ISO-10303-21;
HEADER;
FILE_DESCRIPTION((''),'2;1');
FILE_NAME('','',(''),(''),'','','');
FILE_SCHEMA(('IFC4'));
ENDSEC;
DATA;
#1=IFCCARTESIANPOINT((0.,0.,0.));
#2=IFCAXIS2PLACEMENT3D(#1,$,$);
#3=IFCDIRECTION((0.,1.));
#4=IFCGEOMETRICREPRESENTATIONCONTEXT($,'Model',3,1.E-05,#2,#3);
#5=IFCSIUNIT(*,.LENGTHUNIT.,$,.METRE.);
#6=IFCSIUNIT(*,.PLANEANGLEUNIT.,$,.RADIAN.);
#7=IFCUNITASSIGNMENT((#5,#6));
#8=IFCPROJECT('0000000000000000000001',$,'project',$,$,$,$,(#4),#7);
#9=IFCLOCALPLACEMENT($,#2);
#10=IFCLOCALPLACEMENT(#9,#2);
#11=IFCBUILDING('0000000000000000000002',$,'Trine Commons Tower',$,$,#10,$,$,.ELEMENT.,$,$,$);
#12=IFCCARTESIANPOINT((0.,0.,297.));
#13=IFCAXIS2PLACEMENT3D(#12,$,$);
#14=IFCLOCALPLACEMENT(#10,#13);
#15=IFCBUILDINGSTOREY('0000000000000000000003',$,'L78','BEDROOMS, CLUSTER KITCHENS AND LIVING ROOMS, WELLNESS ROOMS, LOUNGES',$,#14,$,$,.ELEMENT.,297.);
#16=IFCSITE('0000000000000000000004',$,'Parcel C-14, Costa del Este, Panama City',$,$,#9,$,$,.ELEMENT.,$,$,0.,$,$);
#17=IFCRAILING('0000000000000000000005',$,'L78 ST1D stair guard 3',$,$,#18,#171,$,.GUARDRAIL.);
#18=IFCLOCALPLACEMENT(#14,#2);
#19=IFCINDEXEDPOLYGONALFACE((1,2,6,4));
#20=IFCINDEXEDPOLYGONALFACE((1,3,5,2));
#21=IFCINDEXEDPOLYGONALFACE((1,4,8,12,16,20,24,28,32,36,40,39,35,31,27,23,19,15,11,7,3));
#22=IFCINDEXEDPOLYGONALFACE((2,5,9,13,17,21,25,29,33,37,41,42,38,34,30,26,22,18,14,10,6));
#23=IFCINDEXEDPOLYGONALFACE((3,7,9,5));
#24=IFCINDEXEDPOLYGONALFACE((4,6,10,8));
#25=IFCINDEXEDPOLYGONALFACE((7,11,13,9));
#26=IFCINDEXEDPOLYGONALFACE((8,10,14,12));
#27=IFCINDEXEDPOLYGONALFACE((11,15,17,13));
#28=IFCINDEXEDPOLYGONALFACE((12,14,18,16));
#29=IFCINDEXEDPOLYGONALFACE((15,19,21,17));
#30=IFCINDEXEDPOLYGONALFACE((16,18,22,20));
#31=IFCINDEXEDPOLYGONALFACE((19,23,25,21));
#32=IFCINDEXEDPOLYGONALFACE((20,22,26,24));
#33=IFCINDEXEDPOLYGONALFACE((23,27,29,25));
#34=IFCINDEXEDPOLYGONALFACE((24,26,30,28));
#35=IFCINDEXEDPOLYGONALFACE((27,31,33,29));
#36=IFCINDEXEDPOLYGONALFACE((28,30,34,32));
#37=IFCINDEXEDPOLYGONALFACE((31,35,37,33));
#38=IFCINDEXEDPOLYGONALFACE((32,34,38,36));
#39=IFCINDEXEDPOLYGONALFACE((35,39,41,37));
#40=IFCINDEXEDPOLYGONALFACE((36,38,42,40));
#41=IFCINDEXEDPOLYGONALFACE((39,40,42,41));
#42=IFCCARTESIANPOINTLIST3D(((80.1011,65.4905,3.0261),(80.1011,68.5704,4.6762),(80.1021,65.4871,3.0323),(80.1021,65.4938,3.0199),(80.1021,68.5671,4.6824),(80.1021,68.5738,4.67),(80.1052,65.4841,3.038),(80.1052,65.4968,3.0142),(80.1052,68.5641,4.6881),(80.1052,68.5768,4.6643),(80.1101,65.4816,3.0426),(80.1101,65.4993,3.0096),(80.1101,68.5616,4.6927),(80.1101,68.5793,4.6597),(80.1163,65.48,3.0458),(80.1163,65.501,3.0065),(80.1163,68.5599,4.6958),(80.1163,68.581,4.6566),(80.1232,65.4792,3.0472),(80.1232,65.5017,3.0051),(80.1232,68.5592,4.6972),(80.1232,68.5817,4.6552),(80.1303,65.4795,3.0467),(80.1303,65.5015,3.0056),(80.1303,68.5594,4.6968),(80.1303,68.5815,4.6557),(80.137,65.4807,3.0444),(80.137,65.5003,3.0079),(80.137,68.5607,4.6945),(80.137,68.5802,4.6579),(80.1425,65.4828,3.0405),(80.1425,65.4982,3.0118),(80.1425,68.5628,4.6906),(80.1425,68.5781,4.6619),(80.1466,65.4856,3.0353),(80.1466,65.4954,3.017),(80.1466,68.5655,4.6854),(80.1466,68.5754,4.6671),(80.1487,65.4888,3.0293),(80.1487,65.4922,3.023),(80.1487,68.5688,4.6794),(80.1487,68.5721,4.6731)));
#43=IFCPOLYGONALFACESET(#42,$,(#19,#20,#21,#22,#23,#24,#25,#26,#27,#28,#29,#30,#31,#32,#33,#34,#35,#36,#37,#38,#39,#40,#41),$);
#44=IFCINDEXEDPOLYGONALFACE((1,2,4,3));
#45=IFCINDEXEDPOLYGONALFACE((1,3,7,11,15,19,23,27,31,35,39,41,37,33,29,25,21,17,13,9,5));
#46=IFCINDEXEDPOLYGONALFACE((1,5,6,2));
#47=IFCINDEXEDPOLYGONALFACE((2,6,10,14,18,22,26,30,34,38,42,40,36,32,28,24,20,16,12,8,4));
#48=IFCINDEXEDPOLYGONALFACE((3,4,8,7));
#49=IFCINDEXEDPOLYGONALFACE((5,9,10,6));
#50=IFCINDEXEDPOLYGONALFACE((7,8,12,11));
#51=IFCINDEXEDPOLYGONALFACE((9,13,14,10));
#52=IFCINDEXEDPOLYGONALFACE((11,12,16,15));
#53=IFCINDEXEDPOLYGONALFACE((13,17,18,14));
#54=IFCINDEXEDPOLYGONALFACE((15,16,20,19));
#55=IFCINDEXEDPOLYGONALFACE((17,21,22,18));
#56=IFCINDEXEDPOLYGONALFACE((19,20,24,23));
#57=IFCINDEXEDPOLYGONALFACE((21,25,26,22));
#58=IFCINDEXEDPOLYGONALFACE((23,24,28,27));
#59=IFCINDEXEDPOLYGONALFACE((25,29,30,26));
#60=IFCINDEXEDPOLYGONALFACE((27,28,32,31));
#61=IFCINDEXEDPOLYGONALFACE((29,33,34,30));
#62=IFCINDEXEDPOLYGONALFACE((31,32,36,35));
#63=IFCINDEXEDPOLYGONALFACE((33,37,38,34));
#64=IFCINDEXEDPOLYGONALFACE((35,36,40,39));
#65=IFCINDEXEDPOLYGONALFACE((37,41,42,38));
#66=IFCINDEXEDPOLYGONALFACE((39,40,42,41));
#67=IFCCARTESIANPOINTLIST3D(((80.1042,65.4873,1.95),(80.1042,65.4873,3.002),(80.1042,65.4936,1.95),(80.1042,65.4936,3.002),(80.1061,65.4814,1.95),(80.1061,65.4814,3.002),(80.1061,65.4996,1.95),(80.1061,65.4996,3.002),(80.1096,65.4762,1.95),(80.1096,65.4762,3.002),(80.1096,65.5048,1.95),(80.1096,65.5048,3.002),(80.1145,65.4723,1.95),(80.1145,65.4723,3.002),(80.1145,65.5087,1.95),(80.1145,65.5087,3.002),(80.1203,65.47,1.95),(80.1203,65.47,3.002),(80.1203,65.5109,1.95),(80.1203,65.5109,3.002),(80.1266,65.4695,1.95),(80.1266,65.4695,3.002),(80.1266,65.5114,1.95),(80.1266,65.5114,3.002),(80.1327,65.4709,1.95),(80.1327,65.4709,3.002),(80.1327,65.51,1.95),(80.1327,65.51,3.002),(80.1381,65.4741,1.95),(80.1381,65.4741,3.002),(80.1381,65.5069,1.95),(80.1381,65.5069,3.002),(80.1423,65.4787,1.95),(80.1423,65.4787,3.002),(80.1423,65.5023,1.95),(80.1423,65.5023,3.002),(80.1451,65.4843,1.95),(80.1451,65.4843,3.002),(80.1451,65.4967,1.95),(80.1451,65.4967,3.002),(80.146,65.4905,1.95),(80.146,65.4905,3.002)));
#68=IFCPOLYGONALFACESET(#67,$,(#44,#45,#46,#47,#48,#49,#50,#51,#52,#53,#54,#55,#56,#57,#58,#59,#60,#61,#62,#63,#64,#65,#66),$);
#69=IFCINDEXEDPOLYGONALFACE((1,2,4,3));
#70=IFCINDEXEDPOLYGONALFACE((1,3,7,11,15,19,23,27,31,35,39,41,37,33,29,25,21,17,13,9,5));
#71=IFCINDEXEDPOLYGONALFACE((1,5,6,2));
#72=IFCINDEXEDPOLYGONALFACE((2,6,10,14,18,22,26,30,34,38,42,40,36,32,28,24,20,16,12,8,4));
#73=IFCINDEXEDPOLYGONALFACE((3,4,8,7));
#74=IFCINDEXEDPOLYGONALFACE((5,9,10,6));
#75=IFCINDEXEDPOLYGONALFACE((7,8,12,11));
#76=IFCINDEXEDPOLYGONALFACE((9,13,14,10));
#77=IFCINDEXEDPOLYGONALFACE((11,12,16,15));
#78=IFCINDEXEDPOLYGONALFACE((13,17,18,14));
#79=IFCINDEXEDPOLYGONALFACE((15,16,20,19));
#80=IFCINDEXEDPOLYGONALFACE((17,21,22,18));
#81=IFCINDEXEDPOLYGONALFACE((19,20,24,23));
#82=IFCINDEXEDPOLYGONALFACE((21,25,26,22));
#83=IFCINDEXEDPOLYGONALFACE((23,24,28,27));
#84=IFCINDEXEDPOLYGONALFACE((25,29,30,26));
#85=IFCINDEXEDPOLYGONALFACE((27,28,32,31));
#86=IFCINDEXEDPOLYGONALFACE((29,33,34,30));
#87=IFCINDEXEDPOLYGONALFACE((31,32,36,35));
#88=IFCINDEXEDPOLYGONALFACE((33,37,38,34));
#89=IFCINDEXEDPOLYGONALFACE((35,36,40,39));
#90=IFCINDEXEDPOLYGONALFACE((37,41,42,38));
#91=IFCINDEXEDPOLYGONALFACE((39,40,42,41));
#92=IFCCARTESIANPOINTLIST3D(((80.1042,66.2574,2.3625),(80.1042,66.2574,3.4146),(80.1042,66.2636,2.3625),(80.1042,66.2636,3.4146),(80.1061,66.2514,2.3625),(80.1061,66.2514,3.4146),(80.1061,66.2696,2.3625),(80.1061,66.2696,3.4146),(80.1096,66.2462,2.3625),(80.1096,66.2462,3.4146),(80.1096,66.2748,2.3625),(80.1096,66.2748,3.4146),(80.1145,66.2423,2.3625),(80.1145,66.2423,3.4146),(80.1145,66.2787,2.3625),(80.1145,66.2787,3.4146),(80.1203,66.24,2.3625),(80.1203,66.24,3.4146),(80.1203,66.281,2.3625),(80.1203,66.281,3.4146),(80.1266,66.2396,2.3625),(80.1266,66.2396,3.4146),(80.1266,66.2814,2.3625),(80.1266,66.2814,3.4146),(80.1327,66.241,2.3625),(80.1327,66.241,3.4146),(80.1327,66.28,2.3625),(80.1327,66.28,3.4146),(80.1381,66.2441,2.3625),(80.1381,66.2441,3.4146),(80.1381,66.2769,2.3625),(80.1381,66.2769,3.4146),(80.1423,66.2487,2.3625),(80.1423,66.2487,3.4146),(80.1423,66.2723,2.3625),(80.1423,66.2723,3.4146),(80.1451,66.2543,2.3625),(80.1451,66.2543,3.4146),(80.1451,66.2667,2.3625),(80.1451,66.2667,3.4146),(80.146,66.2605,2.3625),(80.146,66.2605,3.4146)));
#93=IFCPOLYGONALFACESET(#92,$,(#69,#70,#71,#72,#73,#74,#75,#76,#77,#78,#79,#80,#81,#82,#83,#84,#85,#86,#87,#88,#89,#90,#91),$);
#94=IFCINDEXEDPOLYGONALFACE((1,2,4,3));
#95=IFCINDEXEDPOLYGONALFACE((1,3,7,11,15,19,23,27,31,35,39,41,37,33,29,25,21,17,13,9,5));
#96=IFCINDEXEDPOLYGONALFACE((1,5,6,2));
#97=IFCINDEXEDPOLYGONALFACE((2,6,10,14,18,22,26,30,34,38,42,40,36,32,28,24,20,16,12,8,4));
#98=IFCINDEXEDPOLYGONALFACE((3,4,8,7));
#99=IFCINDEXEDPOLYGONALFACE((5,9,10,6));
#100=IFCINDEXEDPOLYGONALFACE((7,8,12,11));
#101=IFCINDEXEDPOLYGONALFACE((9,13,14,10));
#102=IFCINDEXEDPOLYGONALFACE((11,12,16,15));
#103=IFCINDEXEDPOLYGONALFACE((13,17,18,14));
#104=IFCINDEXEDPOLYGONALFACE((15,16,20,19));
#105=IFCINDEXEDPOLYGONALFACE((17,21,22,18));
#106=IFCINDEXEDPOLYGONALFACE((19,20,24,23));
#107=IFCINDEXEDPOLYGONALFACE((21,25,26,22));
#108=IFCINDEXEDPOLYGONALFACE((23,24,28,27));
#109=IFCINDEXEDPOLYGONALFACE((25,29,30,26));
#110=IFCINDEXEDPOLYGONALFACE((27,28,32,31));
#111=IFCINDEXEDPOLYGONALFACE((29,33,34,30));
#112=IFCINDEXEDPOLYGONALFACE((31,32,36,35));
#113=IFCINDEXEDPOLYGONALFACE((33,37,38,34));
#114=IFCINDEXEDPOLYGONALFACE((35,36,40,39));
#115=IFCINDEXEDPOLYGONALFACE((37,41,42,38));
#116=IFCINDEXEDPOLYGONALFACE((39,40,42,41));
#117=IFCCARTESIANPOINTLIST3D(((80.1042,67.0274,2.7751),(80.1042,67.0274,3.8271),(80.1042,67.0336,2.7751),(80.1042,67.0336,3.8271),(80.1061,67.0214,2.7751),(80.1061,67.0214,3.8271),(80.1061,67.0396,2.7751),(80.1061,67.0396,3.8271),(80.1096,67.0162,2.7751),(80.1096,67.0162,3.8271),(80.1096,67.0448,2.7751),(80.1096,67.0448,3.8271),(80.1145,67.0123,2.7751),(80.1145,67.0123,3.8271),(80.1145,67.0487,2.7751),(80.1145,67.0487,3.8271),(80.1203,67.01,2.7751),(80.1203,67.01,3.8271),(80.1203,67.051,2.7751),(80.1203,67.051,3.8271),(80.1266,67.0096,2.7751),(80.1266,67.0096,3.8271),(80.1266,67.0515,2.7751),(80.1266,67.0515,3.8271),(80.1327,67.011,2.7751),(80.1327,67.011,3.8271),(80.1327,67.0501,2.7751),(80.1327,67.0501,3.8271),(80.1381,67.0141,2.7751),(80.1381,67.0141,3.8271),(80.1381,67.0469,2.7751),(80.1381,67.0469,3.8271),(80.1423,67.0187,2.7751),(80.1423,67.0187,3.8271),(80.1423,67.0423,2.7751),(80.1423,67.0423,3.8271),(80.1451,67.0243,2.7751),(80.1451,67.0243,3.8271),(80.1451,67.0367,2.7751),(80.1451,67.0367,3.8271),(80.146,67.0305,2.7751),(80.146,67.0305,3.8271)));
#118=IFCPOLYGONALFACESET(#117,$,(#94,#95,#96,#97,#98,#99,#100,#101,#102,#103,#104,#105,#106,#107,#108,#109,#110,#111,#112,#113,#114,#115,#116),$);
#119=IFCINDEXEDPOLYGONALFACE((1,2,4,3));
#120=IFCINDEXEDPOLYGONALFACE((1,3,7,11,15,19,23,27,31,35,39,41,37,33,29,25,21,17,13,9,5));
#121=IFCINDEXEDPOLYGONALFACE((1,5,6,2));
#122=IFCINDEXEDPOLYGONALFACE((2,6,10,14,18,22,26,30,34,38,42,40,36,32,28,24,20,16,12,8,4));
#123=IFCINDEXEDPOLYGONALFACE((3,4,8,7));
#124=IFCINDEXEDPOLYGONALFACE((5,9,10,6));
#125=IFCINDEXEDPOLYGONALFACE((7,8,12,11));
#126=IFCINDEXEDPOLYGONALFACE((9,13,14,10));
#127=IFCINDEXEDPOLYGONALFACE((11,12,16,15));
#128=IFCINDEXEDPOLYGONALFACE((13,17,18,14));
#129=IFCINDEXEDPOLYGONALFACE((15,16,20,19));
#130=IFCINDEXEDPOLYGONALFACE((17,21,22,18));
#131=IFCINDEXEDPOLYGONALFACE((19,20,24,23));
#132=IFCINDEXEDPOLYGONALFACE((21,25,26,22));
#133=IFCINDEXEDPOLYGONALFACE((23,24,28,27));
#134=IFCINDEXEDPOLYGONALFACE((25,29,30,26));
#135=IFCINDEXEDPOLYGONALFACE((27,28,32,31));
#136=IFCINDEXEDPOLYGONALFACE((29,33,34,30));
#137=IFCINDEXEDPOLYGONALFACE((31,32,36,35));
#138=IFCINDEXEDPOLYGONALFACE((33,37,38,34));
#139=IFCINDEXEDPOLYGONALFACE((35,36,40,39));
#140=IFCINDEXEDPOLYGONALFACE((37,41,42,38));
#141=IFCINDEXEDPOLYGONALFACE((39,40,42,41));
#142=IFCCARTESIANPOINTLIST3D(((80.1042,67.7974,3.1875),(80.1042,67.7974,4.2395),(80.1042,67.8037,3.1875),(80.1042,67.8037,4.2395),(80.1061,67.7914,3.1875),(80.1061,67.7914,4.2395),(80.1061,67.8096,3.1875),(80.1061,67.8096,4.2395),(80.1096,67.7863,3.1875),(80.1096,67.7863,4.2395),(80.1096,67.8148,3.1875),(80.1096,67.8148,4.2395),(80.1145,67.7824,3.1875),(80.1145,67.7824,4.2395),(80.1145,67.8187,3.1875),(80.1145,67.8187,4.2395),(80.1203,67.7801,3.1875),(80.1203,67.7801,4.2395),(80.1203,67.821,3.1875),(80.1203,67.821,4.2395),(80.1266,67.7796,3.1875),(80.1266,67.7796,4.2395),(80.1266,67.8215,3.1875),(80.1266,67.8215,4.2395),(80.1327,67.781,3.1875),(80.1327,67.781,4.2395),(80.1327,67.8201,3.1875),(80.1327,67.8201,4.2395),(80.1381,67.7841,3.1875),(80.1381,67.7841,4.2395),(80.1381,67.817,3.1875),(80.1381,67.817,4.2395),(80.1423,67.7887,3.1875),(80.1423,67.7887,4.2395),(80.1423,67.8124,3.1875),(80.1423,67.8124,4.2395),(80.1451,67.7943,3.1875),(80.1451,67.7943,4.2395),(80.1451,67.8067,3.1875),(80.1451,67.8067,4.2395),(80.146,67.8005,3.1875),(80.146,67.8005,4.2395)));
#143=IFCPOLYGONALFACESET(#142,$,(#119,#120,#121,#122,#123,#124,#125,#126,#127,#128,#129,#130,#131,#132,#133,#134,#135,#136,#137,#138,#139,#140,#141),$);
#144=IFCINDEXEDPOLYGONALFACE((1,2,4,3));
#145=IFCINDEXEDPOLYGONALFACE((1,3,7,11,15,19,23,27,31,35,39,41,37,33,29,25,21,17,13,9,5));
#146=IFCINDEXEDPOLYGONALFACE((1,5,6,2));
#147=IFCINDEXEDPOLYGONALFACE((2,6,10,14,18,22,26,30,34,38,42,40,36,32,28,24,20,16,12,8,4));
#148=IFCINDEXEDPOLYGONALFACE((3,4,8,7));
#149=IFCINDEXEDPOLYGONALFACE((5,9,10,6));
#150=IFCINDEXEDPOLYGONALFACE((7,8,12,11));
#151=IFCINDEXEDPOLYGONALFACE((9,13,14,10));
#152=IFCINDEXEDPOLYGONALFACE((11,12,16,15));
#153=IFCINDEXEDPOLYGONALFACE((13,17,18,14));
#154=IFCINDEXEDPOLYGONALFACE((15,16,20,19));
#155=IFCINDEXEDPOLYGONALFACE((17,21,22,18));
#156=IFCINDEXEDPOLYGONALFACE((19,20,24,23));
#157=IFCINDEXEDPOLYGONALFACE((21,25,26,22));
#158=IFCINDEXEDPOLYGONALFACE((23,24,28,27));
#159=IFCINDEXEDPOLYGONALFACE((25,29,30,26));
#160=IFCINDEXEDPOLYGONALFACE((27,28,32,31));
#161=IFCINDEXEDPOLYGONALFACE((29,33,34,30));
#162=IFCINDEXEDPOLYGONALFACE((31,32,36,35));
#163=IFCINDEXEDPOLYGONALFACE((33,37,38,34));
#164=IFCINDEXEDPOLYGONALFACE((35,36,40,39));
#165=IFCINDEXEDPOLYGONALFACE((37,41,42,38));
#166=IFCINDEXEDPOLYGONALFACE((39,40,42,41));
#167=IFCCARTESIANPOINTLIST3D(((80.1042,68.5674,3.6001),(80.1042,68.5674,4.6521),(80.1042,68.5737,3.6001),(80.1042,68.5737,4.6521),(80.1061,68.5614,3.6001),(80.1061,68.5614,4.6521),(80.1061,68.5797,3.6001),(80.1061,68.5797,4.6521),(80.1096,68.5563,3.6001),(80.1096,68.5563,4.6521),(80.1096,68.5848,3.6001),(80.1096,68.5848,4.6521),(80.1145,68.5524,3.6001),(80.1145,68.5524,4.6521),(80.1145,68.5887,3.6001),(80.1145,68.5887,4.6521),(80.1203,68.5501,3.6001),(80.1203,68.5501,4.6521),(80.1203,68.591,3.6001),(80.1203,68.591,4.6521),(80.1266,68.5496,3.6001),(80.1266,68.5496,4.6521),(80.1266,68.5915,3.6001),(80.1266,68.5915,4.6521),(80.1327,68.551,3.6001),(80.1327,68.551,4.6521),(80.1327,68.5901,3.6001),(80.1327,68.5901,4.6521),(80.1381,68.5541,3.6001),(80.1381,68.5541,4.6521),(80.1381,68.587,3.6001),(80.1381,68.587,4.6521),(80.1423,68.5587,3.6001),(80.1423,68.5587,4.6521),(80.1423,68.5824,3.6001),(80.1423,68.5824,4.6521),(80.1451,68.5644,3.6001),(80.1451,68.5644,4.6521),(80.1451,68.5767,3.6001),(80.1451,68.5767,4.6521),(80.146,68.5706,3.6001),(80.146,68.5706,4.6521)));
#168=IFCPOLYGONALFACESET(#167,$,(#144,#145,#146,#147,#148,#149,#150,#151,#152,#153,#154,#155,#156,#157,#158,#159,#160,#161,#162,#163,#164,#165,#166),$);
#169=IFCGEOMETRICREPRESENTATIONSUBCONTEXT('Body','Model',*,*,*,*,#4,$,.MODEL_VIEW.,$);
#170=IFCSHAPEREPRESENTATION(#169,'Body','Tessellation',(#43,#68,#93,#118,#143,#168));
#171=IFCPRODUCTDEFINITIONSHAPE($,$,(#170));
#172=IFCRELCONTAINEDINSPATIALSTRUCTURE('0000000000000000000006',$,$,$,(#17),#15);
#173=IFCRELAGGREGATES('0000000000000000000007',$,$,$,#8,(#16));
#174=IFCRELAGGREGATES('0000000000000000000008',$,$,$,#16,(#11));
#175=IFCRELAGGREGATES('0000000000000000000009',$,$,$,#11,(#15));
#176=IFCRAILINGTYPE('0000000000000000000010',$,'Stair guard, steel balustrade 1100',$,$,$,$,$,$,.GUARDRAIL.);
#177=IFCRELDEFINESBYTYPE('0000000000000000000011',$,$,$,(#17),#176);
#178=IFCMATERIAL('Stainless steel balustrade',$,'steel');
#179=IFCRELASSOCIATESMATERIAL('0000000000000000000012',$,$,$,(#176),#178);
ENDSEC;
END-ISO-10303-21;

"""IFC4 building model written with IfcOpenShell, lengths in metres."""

from ifc_helpers import new_model, si_unit, direction, frame, origin, origin_2d, place, context, subcontext, project, spatial, circle, extrude, material, type_object, element, save


model = new_model("IFC4")

# Units and contexts
model_context = context("Model", 3, precision=1e-05, world=origin(), true_north=direction((0.0, 1.0)))
body_context = subcontext(model_context, "Body", "Model", "MODEL_VIEW")
ifc_project = project(units=[si_unit("LENGTHUNIT", "METRE"), si_unit("PLANEANGLEUNIT", "RADIAN")], contexts=[model_context])

# Site, building, storey
site_placement = place(None, origin())
site = spatial("IfcSite", under=ifc_project, at=site_placement, Name="Parcel C-14, Costa del Este, Panama City", CompositionType="ELEMENT", RefElevation=0.0)
building_placement = place(site_placement, origin())
building = spatial("IfcBuilding", under=site, at=building_placement, Name="Trine Commons Tower", CompositionType="ELEMENT")
storey_placement = place(building_placement, frame((0.0, 0.0, 297.0)))
storey = spatial("IfcBuildingStorey", under=building, at=storey_placement, Name="L78", Description="BEDROOMS, CLUSTER KITCHENS AND LIVING ROOMS, WELLNESS ROOMS, LOUNGES", CompositionType="ELEMENT", Elevation=297.0)

# Railing
ifc_material_1 = material(Name="Stainless steel balustrade", Category="steel")
railing_type_1 = type_object("IfcRailingType", Name="Stair guard, steel balustrade 1100", PredefinedType="GUARDRAIL", material=ifc_material_1)
railing_1_placement = place(storey_placement, frame((80.125, 65.4905, 1.95)))
element("IfcRailing", 1, at=railing_1_placement, inside=storey, type_object=railing_type_1, Name="L78 ST1D stair guard 3", PredefinedType="GUARDRAIL", context=body_context, shape_type="SweptSolid", body=[
    extrude(circle(Radius=0.0239, at=origin_2d()), frame((0.0, 0.0, 1.0762), z_axis=(0.0, 0.881468, 0.472245), x_axis=(-1.0, 0.0, 0.0)), (0.0, 0.0, 1.0), 3.4941),
    extrude(circle(Radius=0.021, at=origin_2d()), origin(), (0.0, 0.0, 1.0), 1.052),
    extrude(circle(Radius=0.021, at=origin_2d()), frame((0.0, 0.77, 0.4126)), (0.0, 0.0, 1.0), 1.052),
    extrude(circle(Radius=0.021, at=origin_2d()), frame((0.0, 1.54, 0.8252)), (0.0, 0.0, 1.0), 1.052),
    extrude(circle(Radius=0.021, at=origin_2d()), frame((0.0, 2.3101, 1.2375)), (0.0, 0.0, 1.0), 1.052),
    extrude(circle(Radius=0.021, at=origin_2d()), frame((0.0, 3.0801, 1.6501)), (0.0, 0.0, 1.0), 1.052),
])

save(model, "model.ifc")
